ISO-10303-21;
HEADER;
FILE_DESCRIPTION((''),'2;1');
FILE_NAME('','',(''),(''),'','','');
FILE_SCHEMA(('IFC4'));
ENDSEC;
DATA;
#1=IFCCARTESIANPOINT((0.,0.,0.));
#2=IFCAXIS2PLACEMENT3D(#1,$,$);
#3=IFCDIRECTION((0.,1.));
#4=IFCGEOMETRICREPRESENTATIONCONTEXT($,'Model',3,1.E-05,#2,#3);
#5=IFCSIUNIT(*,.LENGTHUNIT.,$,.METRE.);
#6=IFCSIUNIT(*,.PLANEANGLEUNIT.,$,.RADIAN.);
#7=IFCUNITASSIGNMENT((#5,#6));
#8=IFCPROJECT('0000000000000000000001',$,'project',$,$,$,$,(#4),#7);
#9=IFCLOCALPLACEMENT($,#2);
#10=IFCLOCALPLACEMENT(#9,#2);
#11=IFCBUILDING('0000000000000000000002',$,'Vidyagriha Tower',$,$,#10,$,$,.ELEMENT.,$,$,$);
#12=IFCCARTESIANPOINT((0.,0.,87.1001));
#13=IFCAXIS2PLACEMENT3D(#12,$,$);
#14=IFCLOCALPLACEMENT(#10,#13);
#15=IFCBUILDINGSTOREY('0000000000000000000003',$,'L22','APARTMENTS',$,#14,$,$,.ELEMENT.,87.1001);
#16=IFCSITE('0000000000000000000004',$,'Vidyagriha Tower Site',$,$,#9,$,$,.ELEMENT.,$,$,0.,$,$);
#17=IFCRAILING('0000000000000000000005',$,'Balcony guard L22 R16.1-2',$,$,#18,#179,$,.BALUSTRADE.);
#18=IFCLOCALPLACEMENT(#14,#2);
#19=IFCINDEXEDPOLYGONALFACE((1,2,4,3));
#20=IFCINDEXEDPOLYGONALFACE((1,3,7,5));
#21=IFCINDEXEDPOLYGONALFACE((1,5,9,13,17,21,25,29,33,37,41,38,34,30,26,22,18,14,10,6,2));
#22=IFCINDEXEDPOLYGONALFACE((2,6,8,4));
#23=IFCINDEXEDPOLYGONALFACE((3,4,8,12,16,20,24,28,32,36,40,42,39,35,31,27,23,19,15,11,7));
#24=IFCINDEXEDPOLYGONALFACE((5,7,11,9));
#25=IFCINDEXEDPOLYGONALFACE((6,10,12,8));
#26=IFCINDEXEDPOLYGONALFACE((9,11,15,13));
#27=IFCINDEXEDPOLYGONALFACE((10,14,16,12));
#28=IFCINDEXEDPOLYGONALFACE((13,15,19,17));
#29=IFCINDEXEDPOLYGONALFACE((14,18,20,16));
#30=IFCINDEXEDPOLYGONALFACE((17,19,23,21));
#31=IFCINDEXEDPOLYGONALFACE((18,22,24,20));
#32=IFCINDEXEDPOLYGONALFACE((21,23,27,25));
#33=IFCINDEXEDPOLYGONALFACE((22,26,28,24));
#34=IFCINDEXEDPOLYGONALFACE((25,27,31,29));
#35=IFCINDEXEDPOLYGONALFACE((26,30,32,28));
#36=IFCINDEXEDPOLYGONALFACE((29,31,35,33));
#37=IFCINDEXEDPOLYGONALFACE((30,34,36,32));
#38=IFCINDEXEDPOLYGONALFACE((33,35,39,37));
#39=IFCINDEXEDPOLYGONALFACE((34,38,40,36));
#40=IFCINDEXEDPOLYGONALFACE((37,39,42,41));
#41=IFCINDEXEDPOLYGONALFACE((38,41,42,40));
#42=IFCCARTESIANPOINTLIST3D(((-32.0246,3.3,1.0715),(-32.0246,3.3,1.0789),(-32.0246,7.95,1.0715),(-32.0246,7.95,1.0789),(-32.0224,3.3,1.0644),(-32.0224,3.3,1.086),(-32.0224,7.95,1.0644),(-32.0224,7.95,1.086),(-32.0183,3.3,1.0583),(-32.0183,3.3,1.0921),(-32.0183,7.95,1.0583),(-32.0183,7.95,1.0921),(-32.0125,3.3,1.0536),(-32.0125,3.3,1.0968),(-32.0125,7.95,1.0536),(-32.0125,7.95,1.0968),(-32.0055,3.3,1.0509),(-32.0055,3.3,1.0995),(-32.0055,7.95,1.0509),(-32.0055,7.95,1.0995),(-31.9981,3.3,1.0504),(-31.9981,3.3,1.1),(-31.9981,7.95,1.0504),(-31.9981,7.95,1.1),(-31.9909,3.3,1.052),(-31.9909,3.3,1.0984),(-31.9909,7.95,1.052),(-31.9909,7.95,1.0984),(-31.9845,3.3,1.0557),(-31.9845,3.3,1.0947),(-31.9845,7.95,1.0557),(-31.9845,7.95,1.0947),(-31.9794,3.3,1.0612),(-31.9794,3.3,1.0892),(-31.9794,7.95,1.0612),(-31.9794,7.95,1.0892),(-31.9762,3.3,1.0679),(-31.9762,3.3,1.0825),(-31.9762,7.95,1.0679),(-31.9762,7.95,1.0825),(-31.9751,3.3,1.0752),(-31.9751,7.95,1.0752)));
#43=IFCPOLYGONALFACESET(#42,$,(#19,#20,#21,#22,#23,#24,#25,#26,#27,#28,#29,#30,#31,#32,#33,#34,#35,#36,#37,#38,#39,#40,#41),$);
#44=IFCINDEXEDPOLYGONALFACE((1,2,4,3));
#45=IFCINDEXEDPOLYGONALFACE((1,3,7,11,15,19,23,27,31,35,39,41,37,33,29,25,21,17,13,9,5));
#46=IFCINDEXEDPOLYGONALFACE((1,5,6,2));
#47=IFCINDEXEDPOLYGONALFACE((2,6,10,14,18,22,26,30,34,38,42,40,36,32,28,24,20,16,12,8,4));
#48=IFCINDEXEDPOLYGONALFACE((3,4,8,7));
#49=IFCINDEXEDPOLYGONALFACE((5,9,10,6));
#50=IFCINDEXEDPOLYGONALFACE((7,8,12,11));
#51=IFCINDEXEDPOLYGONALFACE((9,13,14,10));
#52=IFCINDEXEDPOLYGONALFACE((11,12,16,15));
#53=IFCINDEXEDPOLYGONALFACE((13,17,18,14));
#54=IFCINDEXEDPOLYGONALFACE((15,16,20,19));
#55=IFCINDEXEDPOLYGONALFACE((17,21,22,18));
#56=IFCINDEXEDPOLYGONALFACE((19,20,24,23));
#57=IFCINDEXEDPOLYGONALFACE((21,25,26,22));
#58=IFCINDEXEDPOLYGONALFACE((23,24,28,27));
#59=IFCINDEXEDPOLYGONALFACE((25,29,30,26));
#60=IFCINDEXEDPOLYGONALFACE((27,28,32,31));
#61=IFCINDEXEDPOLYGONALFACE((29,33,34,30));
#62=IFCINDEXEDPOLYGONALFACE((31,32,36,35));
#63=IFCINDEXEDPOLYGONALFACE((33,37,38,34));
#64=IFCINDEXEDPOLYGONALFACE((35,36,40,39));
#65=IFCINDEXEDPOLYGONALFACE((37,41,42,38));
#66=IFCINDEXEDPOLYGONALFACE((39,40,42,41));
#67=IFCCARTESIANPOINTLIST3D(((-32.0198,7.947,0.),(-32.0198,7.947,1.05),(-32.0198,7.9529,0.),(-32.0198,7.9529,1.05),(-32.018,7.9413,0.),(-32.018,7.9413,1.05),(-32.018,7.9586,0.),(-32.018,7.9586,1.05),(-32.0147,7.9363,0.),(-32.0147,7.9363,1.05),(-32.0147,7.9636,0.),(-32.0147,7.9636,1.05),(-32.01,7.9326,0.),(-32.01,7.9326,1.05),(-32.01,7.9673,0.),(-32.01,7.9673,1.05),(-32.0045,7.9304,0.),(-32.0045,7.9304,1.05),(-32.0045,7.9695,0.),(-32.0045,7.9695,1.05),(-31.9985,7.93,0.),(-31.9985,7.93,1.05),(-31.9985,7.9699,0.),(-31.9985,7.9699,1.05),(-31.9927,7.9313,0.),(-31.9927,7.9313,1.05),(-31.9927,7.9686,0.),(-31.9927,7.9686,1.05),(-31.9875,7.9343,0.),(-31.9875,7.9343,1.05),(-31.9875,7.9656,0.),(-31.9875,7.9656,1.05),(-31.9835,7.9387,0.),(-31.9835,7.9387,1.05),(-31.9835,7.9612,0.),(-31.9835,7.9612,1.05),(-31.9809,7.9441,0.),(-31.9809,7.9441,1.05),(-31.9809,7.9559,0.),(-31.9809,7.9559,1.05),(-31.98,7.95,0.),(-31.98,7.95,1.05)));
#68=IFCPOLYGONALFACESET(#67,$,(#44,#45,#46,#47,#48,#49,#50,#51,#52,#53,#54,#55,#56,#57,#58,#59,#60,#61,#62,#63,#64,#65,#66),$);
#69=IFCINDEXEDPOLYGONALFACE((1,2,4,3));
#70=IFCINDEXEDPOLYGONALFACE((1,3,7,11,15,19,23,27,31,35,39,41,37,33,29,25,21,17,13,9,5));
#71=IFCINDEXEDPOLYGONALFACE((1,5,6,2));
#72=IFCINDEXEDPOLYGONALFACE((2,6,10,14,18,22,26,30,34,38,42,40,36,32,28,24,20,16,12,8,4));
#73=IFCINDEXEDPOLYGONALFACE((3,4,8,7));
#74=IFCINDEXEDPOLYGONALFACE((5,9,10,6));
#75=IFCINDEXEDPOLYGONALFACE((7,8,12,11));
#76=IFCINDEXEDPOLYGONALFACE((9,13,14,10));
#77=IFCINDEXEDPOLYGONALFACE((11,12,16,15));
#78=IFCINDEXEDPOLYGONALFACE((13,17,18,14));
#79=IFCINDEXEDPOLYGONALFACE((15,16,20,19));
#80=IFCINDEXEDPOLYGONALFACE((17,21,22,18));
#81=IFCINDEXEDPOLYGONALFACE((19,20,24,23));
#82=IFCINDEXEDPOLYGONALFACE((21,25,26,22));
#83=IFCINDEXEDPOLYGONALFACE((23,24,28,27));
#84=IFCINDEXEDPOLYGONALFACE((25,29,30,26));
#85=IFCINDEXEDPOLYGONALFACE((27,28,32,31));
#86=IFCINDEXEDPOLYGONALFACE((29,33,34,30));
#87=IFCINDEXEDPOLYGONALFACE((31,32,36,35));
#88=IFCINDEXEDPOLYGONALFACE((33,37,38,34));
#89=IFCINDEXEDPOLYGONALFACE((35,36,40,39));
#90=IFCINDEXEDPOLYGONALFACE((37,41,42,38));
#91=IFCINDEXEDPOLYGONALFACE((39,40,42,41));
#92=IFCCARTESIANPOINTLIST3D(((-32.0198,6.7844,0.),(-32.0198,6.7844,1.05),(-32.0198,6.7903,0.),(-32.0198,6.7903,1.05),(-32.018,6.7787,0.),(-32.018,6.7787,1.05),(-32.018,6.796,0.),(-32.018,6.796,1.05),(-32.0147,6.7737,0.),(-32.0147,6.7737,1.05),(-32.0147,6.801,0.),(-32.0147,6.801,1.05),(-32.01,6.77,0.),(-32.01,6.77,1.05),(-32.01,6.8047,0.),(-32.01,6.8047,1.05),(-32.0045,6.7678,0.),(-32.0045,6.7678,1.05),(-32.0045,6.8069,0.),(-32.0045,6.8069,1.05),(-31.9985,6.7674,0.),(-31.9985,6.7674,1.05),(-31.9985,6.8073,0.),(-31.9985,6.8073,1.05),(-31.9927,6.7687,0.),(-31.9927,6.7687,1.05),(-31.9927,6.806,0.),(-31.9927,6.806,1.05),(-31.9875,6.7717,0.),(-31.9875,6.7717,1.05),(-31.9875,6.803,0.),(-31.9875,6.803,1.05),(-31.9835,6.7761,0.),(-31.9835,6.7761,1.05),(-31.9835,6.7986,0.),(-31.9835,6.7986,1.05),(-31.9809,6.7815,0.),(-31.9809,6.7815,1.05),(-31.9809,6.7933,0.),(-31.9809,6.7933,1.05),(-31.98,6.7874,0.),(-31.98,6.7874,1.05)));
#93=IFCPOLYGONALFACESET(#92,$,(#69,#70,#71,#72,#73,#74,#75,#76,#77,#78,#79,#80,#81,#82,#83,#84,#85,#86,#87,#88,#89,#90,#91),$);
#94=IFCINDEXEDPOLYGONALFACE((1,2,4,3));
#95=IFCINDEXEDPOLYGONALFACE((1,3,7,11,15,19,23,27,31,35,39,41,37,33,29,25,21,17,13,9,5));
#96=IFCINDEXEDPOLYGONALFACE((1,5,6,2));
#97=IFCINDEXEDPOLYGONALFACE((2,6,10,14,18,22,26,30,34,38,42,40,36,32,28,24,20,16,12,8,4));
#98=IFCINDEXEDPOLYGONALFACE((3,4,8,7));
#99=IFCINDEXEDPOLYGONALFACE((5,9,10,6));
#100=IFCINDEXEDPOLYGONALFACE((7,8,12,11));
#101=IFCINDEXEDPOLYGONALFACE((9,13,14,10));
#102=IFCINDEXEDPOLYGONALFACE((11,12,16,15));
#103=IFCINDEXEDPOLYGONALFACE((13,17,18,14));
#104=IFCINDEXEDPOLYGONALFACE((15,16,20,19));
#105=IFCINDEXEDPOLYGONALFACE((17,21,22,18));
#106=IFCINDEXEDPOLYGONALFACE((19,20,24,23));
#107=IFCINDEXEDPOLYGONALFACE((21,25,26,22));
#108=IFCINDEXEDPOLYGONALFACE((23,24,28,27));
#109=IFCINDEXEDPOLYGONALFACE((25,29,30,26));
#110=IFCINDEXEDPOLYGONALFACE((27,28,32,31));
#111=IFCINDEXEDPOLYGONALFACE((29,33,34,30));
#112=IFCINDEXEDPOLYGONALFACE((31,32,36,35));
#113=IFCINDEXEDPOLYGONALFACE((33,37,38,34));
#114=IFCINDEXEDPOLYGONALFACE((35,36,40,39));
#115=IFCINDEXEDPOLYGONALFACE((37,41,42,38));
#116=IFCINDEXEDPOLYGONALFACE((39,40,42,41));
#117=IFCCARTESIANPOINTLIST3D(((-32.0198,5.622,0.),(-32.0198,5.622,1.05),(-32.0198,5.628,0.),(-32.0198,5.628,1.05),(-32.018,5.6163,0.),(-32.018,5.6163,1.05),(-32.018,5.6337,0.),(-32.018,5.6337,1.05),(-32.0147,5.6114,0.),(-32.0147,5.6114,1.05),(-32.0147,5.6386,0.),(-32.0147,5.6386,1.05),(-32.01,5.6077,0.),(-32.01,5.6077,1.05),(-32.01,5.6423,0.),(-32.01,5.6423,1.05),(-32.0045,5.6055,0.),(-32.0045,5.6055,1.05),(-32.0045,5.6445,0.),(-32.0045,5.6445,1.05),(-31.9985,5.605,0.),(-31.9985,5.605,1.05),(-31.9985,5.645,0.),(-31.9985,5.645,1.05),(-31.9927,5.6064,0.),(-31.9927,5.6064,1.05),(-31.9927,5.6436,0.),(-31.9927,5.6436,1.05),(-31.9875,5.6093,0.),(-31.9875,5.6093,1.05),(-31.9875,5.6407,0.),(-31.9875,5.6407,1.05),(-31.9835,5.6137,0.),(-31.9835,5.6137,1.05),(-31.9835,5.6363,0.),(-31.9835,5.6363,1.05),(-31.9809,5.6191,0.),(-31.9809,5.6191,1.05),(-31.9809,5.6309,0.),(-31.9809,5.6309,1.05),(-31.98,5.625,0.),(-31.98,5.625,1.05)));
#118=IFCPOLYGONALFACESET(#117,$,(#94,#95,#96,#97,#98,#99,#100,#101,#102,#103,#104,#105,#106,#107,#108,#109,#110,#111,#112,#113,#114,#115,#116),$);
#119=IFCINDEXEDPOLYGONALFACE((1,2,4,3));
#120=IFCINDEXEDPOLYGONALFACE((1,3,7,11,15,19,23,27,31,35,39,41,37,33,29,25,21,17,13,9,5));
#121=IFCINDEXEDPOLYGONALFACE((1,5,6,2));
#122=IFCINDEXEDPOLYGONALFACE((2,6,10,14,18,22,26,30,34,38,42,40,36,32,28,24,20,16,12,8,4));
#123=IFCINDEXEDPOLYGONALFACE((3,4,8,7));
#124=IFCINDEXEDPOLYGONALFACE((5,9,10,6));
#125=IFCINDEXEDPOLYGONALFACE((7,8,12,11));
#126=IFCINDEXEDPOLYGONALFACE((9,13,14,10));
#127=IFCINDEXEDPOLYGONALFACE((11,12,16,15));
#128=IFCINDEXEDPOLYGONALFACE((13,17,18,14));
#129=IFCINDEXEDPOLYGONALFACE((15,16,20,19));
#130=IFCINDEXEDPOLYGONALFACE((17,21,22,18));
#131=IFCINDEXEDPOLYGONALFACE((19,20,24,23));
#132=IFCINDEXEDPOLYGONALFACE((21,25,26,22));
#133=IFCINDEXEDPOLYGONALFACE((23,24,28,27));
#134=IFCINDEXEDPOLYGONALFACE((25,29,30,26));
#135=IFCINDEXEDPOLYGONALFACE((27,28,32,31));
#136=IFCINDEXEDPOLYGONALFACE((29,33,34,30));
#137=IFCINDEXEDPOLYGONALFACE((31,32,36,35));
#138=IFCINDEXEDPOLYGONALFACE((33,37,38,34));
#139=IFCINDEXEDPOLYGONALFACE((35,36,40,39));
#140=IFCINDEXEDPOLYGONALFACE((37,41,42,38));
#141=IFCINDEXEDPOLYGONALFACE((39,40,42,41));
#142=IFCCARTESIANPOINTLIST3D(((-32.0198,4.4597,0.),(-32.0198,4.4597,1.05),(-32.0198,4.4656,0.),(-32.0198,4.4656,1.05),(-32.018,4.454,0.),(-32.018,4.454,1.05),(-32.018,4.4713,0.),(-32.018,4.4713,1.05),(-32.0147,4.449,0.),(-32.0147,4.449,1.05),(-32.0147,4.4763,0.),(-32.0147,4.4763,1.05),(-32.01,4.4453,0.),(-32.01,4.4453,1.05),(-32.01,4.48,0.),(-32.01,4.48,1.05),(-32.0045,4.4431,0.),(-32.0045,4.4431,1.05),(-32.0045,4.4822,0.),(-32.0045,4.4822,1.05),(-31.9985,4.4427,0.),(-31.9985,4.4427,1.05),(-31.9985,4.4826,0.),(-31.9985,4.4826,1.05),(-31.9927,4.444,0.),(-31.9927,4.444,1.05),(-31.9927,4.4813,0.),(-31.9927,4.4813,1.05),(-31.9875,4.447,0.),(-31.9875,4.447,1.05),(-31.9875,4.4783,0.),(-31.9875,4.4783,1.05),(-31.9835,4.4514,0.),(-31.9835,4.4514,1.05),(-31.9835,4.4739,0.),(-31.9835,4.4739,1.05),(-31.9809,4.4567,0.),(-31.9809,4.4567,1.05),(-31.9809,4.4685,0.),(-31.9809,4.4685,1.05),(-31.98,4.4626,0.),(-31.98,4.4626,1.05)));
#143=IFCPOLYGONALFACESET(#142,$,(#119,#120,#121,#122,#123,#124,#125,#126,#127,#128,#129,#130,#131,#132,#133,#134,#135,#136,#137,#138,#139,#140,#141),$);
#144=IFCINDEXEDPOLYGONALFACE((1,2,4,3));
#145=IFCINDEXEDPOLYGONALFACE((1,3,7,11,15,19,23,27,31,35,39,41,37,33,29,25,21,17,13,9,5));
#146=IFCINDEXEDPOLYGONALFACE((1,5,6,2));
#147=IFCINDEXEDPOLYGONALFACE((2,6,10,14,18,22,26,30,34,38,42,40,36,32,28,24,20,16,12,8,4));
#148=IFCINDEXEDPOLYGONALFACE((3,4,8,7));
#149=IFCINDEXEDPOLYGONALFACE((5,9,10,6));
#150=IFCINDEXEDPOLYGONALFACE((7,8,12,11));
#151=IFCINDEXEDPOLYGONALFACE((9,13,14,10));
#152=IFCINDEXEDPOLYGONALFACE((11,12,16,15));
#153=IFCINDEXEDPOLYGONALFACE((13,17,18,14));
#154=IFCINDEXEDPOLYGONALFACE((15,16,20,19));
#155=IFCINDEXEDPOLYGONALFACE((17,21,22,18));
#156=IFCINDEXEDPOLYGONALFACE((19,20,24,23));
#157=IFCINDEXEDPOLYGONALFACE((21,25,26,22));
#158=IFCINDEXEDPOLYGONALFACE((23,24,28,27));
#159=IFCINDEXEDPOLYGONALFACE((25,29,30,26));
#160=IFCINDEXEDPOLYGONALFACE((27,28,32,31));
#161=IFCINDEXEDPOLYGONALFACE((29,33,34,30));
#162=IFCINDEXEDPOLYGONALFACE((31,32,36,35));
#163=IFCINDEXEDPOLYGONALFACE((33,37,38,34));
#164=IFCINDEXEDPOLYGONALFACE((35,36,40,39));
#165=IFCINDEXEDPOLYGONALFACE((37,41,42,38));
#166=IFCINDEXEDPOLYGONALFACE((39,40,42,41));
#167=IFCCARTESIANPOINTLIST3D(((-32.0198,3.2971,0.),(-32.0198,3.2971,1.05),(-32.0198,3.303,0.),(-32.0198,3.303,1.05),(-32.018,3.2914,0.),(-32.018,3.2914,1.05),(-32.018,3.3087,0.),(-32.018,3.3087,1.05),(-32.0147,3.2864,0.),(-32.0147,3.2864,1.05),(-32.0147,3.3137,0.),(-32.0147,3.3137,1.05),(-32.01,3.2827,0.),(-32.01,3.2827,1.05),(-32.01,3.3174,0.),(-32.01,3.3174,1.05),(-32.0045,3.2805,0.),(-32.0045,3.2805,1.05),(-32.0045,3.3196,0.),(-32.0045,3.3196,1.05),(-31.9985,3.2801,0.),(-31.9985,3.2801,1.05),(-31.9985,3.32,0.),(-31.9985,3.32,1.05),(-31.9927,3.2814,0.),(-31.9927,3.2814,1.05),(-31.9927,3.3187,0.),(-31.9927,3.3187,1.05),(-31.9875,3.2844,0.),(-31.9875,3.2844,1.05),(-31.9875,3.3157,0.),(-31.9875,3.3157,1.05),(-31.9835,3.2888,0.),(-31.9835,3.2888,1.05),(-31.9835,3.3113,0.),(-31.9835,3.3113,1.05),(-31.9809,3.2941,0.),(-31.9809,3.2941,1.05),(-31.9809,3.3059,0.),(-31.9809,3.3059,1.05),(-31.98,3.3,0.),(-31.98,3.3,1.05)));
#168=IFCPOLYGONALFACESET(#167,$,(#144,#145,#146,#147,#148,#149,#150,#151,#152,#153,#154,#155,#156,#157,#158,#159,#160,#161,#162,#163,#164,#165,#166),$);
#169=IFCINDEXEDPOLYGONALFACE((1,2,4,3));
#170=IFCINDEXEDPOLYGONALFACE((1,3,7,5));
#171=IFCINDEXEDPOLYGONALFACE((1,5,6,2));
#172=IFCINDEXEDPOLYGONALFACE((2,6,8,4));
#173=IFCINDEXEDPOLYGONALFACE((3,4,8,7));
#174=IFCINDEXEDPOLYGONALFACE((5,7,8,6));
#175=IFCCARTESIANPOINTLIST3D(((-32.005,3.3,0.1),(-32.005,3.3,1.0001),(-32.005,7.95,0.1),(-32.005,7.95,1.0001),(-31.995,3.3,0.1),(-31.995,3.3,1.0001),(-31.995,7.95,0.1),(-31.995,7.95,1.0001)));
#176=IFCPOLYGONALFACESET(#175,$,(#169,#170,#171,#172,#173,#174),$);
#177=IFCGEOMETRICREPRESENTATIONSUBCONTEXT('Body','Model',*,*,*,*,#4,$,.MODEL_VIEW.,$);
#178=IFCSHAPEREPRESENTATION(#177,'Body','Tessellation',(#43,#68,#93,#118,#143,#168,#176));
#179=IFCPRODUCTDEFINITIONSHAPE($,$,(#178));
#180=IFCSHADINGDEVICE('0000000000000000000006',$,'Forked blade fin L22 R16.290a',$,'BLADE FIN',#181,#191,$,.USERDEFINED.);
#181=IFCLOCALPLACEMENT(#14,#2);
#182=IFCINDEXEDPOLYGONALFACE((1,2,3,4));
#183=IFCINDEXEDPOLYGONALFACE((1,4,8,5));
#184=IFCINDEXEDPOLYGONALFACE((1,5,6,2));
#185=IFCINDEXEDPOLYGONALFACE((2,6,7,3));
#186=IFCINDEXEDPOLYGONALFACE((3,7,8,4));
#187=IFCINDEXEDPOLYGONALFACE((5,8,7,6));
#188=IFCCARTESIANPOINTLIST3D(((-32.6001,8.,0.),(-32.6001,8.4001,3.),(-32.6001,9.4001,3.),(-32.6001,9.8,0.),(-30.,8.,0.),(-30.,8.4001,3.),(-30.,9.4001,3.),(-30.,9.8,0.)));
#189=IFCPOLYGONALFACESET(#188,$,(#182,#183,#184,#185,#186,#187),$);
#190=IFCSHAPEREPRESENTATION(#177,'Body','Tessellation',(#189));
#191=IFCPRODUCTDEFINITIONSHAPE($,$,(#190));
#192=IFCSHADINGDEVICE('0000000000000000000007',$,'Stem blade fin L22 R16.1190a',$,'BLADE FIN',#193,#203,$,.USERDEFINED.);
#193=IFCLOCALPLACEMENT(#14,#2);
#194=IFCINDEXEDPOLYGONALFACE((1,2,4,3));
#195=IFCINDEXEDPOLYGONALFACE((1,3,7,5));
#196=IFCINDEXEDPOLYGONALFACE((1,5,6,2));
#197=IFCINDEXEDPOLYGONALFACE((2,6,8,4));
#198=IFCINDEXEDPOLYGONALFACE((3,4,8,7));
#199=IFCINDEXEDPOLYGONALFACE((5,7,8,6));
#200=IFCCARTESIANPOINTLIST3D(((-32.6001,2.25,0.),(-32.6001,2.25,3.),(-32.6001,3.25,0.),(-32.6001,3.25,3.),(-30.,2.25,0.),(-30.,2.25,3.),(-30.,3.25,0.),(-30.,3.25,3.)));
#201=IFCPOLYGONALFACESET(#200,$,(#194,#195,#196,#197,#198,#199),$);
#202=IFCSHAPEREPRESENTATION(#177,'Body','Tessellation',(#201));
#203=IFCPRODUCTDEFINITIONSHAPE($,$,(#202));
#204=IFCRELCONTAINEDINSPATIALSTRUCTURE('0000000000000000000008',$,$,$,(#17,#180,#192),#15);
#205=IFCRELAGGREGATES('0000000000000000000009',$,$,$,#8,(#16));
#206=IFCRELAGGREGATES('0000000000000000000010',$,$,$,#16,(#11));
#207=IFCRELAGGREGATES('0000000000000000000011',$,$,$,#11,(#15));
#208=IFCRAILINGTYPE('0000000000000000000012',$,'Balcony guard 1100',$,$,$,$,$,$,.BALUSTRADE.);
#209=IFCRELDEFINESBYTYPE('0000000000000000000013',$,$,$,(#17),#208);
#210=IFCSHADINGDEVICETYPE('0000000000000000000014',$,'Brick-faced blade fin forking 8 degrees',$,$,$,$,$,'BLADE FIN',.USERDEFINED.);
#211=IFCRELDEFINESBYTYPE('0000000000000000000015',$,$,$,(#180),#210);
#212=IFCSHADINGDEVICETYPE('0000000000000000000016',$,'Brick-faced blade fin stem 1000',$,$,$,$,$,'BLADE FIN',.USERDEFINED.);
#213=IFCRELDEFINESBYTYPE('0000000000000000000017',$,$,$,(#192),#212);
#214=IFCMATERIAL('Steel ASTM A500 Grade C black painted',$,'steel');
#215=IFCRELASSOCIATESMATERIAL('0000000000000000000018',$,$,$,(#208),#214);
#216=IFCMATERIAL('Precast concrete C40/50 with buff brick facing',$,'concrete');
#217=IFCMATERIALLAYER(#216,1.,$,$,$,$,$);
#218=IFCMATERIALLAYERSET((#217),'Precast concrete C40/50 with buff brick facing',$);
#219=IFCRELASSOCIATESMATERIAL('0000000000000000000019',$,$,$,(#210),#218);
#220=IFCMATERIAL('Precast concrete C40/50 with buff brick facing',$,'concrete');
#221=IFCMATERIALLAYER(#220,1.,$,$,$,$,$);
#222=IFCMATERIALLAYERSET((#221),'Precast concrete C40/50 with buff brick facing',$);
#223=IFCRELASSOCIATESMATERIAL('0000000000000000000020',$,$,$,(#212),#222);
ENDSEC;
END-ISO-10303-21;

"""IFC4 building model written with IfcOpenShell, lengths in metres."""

from ifc_helpers import new_model, si_unit, direction, frame, origin, origin_2d, place, context, subcontext, project, spatial, polyline, rectangle, circle, outline, extrude, material, layer, layer_set, type_object, element, save


model = new_model("IFC4")

# Units and contexts
model_context = context("Model", 3, precision=1e-05, world=origin(), true_north=direction((0.0, 1.0)))
body_context = subcontext(model_context, "Body", "Model", "MODEL_VIEW")
ifc_project = project(units=[si_unit("LENGTHUNIT", "METRE"), si_unit("PLANEANGLEUNIT", "RADIAN")], contexts=[model_context])

# Site, building, storey
site_placement = place(None, origin())
site = spatial("IfcSite", under=ifc_project, at=site_placement, Name="Vidyagriha Tower Site", CompositionType="ELEMENT", RefElevation=0.0)
building_placement = place(site_placement, origin())
building = spatial("IfcBuilding", under=site, at=building_placement, Name="Vidyagriha Tower", CompositionType="ELEMENT")
storey_placement = place(building_placement, frame((0.0, 0.0, 87.1001)))
storey = spatial("IfcBuildingStorey", under=building, at=storey_placement, Name="L22", Description="APARTMENTS", CompositionType="ELEMENT", Elevation=87.1001)

# Railing
ifc_material_1 = material(Name="Steel ASTM A500 Grade C black painted", Category="steel")
railing_type_1 = type_object("IfcRailingType", Name="Balcony guard 1100", PredefinedType="BALUSTRADE", material=ifc_material_1)
railing_1_placement = place(storey_placement, frame((-32.0, 7.95, 0.0)))
element("IfcRailing", 1, at=railing_1_placement, inside=storey, type_object=railing_type_1, Name="Balcony guard L22 R16.1-2", PredefinedType="BALUSTRADE", context=body_context, shape_type="SweptSolid", body=[
    extrude(circle(Radius=0.0249, at=origin_2d()), frame((0.0, 0.0, 1.0752), z_axis=(0.0, -1.0, 0.0), x_axis=(1.0, 0.0, 0.0)), (0.0, 0.0, 1.0), 4.6499),
    extrude(circle(Radius=0.02, at=origin_2d()), origin(), (0.0, 0.0, 1.0), 1.05),
    extrude(circle(Radius=0.02, at=origin_2d()), frame((0.0, -1.1626, 0.0)), (0.0, 0.0, 1.0), 1.05),
    extrude(circle(Radius=0.02, at=origin_2d()), frame((0.0, -2.325, 0.0)), (0.0, 0.0, 1.0), 1.05),
    extrude(circle(Radius=0.02, at=origin_2d()), frame((0.0, -3.4873, 0.0)), (0.0, 0.0, 1.0), 1.05),
    extrude(circle(Radius=0.02, at=origin_2d()), frame((0.0, -4.6499, 0.0)), (0.0, 0.0, 1.0), 1.05),
    extrude(rectangle(XDim=0.01, YDim=0.9001, at=origin_2d()), frame((0.0, 0.0, 0.55), z_axis=(0.0, -1.0, 0.0), x_axis=(1.0, 0.0, 0.0)), (0.0, 0.0, 1.0), 4.6499),
])

# Shading devices
ifc_material_2 = material(Name="Precast concrete C40/50 with buff brick facing", Category="concrete")
ifc_layer_1 = layer(ifc_material_2, 1.0)
ifc_layer_set_1 = layer_set([ifc_layer_1], Name="Precast concrete C40/50 with buff brick facing")
shading_device_type_1 = type_object("IfcShadingDeviceType", Name="Brick-faced blade fin forking 8 degrees", ElementType="BLADE FIN", PredefinedType="USERDEFINED", material=ifc_layer_set_1)
shading_device_1_placement = place(storey_placement, frame((-31.3, 9.8, 0.0), z_axis=(0.0, 0.0, 1.0), x_axis=(0.0, -1.0, 0.0)))
element("IfcShadingDevice", 2, at=shading_device_1_placement, inside=storey, type_object=shading_device_type_1, Name="Forked blade fin L22 R16.290a", ObjectType="BLADE FIN", PredefinedType="USERDEFINED", context=body_context, shape_type="SweptSolid", body=[
    extrude(outline(polyline([(0.0, 0.0), (1.8, 0.0), (1.3999, 3.0), (0.3999, 3.0), (0.0, 0.0)])), frame((0.0, 1.3, 0.0), z_axis=(0.0, -1.0, 0.0), x_axis=(1.0, 0.0, 0.0)), (0.0, 0.0, 1.0), 2.6001),
])
ifc_material_3 = material(Name="Precast concrete C40/50 with buff brick facing", Category="concrete")
ifc_layer_2 = layer(ifc_material_3, 1.0)
ifc_layer_set_2 = layer_set([ifc_layer_2], Name="Precast concrete C40/50 with buff brick facing")
shading_device_type_2 = type_object("IfcShadingDeviceType", Name="Brick-faced blade fin stem 1000", ElementType="BLADE FIN", PredefinedType="USERDEFINED", material=ifc_layer_set_2)
shading_device_2_placement = place(storey_placement, frame((-31.3, 3.25, 0.0), z_axis=(0.0, 0.0, 1.0), x_axis=(0.0, -1.0, 0.0)))
element("IfcShadingDevice", 3, at=shading_device_2_placement, inside=storey, type_object=shading_device_type_2, Name="Stem blade fin L22 R16.1190a", ObjectType="BLADE FIN", PredefinedType="USERDEFINED", context=body_context, shape_type="SweptSolid", body=[
    extrude(outline(polyline([(0.0, 0.0), (1.0, 0.0), (1.0, 3.0), (0.0, 3.0), (0.0, 0.0)])), frame((0.0, 1.3, 0.0), z_axis=(0.0, -1.0, 0.0), x_axis=(1.0, 0.0, 0.0)), (0.0, 0.0, 1.0), 2.6001),
])

save(model, "model.ifc")
